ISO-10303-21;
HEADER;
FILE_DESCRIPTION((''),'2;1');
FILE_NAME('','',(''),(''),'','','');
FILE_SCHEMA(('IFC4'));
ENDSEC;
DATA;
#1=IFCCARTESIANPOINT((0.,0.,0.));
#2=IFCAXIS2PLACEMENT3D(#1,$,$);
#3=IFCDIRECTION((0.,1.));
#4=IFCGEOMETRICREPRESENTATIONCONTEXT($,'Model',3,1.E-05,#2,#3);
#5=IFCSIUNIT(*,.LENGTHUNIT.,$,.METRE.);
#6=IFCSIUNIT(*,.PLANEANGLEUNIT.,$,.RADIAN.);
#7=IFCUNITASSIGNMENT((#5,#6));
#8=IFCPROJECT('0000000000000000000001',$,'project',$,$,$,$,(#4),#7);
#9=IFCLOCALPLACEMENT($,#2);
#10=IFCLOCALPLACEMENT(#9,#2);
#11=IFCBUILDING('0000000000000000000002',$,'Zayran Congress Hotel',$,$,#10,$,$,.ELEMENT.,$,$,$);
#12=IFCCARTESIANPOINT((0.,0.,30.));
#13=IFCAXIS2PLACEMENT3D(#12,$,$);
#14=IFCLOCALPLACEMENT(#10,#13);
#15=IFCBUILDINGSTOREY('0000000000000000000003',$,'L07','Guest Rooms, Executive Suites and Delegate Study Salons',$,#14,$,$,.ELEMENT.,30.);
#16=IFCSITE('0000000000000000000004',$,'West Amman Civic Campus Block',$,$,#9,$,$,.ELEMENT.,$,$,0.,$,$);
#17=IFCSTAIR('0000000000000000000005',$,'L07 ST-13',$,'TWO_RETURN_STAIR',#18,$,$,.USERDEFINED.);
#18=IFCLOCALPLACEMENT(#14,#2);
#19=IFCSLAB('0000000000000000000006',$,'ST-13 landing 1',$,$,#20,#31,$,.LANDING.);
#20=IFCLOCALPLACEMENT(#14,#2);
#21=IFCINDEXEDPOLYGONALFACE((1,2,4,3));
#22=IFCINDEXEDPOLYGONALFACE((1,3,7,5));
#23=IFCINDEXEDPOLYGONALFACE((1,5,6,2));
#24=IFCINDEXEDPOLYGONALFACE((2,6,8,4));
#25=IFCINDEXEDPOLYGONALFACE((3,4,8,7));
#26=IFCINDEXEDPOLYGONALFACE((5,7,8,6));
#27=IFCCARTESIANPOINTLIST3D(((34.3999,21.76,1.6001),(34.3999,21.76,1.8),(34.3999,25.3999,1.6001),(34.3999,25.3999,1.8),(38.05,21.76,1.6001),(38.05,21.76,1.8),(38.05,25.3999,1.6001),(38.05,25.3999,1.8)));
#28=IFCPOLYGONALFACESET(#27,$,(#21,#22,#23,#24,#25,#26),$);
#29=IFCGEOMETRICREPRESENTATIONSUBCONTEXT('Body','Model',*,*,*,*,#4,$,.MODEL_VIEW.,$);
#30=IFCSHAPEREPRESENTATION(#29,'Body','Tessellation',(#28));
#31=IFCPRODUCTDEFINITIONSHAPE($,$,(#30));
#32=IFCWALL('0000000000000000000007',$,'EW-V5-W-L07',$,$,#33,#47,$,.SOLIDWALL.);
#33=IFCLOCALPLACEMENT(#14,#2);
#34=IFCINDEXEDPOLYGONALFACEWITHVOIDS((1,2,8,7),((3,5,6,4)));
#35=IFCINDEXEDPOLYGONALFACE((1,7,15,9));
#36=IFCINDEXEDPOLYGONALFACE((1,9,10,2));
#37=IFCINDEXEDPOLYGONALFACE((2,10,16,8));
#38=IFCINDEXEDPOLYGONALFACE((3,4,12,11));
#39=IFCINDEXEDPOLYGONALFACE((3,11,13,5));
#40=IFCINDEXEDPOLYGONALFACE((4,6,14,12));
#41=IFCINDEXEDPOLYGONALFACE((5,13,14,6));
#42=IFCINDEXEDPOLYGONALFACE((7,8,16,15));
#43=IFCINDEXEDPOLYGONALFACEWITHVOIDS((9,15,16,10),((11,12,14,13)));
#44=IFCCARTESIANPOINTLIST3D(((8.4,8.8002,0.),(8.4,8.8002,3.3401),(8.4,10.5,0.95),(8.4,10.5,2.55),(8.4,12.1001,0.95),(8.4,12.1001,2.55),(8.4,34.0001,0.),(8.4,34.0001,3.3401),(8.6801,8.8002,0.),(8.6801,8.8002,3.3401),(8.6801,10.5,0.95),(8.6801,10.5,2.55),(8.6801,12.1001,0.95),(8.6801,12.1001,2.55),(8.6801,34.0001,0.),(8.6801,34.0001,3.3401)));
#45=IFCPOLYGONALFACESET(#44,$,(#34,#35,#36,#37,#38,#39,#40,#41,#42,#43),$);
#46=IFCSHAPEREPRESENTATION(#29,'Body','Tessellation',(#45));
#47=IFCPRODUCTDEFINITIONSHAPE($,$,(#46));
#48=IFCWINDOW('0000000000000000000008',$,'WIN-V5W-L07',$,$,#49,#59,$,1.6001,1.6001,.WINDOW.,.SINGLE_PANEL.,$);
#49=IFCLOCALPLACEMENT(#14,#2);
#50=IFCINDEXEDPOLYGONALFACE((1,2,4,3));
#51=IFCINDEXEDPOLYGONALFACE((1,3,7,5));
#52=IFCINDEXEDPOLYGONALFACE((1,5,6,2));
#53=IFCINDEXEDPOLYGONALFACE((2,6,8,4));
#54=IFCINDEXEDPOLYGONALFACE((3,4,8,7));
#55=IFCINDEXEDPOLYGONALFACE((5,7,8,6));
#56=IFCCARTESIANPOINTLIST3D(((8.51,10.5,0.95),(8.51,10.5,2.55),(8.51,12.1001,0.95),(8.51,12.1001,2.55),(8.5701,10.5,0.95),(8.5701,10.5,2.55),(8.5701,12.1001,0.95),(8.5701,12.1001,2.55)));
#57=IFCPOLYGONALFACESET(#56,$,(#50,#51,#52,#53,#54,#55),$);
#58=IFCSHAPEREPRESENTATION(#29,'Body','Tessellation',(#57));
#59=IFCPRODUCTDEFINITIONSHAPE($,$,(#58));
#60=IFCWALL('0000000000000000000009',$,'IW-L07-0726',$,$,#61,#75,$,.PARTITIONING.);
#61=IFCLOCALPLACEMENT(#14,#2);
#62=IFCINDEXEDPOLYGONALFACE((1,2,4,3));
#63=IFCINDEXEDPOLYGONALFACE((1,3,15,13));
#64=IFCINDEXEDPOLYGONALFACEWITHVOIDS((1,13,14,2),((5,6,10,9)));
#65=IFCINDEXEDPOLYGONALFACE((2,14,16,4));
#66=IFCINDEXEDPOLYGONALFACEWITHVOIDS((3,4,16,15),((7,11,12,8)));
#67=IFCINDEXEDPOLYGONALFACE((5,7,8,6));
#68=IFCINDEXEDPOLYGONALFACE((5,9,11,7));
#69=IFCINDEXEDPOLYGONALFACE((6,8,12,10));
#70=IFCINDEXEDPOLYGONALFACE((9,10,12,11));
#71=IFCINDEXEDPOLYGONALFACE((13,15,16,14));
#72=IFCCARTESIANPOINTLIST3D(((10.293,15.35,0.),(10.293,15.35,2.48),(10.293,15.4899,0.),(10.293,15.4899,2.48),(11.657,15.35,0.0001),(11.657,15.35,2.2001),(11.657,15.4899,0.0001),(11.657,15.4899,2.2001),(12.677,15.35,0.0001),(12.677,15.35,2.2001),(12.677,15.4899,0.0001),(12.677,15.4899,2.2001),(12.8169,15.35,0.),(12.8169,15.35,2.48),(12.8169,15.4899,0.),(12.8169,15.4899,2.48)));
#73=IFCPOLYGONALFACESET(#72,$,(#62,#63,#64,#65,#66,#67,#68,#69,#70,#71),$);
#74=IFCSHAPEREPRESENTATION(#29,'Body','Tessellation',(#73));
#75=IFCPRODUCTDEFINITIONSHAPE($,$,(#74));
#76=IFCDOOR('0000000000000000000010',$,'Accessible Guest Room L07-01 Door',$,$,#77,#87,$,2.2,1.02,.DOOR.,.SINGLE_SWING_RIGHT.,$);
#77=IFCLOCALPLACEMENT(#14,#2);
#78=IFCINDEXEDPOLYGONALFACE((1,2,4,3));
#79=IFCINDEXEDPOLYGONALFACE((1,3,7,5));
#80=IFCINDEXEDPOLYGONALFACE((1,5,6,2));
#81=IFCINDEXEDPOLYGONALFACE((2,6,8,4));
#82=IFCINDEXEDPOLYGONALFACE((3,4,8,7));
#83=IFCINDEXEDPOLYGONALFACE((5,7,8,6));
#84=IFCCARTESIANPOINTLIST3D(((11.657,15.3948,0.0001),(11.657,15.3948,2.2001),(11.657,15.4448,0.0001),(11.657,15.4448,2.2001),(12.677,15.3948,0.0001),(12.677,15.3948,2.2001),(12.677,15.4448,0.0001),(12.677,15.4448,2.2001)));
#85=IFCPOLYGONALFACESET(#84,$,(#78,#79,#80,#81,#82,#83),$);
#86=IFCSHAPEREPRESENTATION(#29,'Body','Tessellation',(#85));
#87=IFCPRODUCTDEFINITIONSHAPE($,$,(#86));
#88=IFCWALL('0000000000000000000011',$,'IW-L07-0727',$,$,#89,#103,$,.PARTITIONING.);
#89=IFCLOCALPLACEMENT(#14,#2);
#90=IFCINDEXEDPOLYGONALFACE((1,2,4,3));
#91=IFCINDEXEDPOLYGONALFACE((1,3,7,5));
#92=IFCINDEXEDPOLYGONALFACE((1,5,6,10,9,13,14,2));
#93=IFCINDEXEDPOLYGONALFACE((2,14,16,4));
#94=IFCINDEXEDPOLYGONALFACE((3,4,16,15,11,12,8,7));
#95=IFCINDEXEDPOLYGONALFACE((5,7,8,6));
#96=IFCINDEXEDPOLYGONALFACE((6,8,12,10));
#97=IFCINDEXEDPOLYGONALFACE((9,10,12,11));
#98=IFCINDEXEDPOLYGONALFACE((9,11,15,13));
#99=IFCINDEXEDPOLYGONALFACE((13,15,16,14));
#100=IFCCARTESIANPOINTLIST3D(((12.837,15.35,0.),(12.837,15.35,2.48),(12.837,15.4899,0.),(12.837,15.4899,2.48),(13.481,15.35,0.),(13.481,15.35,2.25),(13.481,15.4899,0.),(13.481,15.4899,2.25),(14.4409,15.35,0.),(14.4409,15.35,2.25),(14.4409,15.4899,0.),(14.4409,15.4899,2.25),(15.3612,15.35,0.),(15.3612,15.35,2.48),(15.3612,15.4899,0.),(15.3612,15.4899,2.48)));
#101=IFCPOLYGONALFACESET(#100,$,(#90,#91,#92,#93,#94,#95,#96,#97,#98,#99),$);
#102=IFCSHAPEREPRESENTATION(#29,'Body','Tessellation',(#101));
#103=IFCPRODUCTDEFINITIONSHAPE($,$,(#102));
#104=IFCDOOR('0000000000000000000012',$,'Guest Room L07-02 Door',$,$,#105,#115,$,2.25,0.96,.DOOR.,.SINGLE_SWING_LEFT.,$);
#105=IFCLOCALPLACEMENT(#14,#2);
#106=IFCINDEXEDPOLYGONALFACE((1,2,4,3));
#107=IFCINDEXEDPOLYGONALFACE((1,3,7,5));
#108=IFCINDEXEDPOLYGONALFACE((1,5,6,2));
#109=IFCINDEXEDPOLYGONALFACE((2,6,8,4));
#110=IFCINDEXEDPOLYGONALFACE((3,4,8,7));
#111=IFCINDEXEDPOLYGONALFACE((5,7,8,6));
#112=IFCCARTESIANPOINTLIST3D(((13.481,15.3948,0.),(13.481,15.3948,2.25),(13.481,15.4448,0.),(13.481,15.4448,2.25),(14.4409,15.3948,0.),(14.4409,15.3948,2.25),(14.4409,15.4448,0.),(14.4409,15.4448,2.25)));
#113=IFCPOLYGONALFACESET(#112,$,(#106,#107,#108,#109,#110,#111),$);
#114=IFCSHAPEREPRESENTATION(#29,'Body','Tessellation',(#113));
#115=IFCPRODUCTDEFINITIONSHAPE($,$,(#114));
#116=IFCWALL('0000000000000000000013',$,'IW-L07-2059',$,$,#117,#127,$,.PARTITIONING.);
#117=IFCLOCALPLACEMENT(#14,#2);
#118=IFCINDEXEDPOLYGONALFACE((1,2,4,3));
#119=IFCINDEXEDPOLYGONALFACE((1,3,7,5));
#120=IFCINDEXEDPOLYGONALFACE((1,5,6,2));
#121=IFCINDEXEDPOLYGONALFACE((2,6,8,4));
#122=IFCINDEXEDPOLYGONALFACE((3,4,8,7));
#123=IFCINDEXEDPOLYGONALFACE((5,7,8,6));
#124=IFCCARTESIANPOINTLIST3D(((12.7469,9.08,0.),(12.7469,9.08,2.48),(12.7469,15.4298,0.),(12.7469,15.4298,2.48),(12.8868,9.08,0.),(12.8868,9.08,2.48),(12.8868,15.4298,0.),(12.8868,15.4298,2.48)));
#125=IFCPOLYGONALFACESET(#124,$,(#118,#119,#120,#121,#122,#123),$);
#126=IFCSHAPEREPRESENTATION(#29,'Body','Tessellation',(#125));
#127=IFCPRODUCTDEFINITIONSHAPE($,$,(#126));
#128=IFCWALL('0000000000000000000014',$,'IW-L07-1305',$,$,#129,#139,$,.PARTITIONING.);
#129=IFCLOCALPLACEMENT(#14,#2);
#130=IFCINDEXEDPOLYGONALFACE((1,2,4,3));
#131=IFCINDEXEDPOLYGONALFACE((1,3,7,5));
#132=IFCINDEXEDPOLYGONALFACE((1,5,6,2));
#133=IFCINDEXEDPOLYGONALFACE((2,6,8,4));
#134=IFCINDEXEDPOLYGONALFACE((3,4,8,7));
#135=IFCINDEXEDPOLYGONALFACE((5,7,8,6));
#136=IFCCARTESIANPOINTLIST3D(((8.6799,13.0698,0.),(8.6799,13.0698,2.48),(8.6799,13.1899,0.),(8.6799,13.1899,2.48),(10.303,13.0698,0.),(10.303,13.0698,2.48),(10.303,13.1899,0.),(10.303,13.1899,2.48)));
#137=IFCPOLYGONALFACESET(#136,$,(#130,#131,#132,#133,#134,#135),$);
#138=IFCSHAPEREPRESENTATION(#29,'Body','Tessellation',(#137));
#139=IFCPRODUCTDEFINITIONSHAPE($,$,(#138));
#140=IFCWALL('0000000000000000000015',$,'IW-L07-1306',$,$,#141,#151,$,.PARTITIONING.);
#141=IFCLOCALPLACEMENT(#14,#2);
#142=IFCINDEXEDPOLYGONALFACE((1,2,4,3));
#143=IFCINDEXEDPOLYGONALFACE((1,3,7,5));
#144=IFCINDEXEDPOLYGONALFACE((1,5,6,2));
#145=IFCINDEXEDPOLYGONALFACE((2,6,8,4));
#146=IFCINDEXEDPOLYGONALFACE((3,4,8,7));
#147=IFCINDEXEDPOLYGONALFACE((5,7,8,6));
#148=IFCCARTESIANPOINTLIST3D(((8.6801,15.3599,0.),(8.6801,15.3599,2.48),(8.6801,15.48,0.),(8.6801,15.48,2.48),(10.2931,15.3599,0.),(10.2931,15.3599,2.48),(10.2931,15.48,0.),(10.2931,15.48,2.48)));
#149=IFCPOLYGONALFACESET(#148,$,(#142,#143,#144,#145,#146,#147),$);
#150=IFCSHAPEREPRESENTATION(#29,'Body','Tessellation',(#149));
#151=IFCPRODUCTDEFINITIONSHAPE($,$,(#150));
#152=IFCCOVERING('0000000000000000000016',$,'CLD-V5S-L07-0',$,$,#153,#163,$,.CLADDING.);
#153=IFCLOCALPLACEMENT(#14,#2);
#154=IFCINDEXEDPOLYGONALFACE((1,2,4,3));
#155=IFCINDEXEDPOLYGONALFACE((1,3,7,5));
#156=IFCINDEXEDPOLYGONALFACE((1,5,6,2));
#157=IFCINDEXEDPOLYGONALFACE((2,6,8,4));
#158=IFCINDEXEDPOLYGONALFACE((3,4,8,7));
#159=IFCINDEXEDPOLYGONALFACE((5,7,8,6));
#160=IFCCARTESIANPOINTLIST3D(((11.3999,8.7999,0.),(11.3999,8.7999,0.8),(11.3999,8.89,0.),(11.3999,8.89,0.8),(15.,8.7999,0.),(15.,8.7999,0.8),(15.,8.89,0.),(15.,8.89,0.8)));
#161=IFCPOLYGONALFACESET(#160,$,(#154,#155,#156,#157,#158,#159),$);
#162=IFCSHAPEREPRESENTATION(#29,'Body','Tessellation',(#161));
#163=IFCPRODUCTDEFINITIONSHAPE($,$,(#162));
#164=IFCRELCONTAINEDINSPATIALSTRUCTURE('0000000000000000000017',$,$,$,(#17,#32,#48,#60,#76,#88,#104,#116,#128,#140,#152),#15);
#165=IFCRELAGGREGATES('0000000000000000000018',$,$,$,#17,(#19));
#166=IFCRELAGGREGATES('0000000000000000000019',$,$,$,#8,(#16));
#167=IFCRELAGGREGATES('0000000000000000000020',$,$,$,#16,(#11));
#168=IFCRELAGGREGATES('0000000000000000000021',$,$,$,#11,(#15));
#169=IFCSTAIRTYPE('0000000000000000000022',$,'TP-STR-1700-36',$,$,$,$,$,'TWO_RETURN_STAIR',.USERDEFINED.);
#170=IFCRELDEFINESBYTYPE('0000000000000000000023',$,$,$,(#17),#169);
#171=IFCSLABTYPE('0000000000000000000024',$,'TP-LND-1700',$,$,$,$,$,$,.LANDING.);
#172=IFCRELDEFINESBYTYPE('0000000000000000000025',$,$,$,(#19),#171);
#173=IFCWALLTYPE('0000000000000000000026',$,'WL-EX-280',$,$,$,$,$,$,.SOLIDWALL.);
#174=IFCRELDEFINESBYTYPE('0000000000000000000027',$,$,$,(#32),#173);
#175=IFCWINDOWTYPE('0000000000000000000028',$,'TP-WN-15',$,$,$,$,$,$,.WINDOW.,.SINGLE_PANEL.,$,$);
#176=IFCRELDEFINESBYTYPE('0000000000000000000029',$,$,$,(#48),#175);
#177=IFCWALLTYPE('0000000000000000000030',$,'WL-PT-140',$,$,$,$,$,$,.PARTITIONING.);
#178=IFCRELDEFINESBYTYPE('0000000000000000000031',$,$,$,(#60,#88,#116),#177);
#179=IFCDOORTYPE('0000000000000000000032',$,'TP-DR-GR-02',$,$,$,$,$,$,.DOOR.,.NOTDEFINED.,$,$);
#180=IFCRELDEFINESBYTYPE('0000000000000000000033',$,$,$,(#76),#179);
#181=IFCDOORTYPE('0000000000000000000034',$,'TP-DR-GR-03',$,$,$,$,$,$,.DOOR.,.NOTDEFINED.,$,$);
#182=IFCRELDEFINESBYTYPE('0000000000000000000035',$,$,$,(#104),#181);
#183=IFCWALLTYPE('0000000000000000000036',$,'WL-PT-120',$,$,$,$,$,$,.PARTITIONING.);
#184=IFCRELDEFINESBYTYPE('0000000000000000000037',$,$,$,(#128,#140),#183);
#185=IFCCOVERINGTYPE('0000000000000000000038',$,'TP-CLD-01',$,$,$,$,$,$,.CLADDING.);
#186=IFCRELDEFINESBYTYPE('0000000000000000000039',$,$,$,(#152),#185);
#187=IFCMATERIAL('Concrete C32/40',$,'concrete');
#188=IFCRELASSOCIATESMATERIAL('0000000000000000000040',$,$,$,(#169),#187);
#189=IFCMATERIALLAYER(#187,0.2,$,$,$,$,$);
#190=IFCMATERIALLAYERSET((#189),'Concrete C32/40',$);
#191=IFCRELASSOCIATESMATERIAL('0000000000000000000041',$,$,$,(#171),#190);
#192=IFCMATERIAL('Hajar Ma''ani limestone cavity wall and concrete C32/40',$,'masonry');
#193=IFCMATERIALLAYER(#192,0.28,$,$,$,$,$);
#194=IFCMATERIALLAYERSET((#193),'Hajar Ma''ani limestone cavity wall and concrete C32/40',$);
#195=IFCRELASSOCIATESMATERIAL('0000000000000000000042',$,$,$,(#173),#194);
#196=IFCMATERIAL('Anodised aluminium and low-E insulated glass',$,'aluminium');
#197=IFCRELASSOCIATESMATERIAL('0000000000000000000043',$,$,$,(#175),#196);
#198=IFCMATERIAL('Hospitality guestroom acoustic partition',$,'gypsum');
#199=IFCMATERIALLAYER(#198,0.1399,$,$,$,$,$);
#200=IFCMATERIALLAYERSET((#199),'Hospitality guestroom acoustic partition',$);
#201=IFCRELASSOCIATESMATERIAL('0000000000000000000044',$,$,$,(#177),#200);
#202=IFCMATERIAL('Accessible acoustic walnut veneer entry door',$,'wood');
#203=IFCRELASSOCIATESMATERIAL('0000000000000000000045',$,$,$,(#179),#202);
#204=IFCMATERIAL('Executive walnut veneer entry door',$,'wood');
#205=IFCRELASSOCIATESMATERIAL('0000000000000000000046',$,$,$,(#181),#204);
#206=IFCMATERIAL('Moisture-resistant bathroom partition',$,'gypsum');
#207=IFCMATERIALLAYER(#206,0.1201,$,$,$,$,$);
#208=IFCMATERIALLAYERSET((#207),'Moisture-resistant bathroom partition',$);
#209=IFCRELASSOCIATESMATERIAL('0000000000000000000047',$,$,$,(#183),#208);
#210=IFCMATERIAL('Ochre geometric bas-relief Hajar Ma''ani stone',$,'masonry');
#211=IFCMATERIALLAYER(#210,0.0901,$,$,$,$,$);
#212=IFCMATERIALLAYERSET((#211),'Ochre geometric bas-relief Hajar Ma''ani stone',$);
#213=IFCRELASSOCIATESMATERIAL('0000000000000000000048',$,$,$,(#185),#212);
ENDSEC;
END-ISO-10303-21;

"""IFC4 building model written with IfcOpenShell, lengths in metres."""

from ifc_helpers import new_model, si_unit, direction, frame, frame_2d, origin, origin_2d, place, context, subcontext, project, spatial, polyline, rectangle, outline, extrude, material, layer, layer_set, type_object, element, fill, aggregate, save


model = new_model("IFC4")

# Units and contexts
model_context = context("Model", 3, precision=1e-05, world=origin(), true_north=direction((0.0, 1.0)))
body_context = subcontext(model_context, "Body", "Model", "MODEL_VIEW")
ifc_project = project(units=[si_unit("LENGTHUNIT", "METRE"), si_unit("PLANEANGLEUNIT", "RADIAN")], contexts=[model_context])

# Site, building, storey
site_placement = place(None, origin())
site = spatial("IfcSite", under=ifc_project, at=site_placement, Name="West Amman Civic Campus Block", CompositionType="ELEMENT", RefElevation=0.0)
building_placement = place(site_placement, origin())
building = spatial("IfcBuilding", under=site, at=building_placement, Name="Zayran Congress Hotel", CompositionType="ELEMENT")
storey_placement = place(building_placement, frame((0.0, 0.0, 30.0)))
storey = spatial("IfcBuildingStorey", under=building, at=storey_placement, Name="L07", Description="Guest Rooms, Executive Suites and Delegate Study Salons", CompositionType="ELEMENT", Elevation=30.0)

# Shared definitions
ifc_material_1 = material(Name="Concrete C32/40", Category="concrete")

# Stair, slab
stair_type = type_object("IfcStairType", Name="TP-STR-1700-36", ElementType="TWO_RETURN_STAIR", PredefinedType="USERDEFINED", material=ifc_material_1)
ifc_layer_1 = layer(ifc_material_1, 0.2)
ifc_layer_set_1 = layer_set([ifc_layer_1], Name="Concrete C32/40")
slab_type_1 = type_object("IfcSlabType", Name="TP-LND-1700", PredefinedType="LANDING", material=ifc_layer_set_1)
stair_1_placement = place(storey_placement, origin())
stair_1 = element("IfcStair", 1, at=stair_1_placement, inside=storey, type_object=stair_type, Name="L07 ST-13", ObjectType="TWO_RETURN_STAIR", PredefinedType="USERDEFINED")
slab_1_placement = place(storey_placement, frame((0.0, 0.0, 1.6001)))
slab_1 = element("IfcSlab", 2, at=slab_1_placement, type_object=slab_type_1, Name="ST-13 landing 1", PredefinedType="LANDING", context=body_context, shape_type="SweptSolid", body=[
    extrude(outline(polyline([(38.05, 25.3999), (34.3999, 25.3999), (34.3999, 21.76), (38.05, 21.76), (38.05, 25.3999)])), origin(), (0.0, 0.0, 1.0), 0.2),
])
aggregate(stair_1, [slab_1])

# Wall, opening, window
ifc_material_2 = material(Name="Hajar Ma'ani limestone cavity wall and concrete C32/40", Category="masonry")
ifc_layer_2 = layer(ifc_material_2, 0.28)
ifc_layer_set_2 = layer_set([ifc_layer_2], Name="Hajar Ma'ani limestone cavity wall and concrete C32/40")
wall_type_1 = type_object("IfcWallType", Name="WL-EX-280", PredefinedType="SOLIDWALL", material=ifc_layer_set_2)
wall_1_placement = place(storey_placement, frame((8.54, 8.8, 0.0), z_axis=(0.0, 0.0, 1.0), x_axis=(0.0, 1.0, 0.0)))
wall_1 = element("IfcWall", 3, at=wall_1_placement, inside=storey, type_object=wall_type_1, Name="EW-V5-W-L07", PredefinedType="SOLIDWALL", context=body_context, shape_type="SweptSolid", body=[
    extrude(rectangle(XDim=25.2, YDim=0.28, at=frame_2d((12.6001, 0.0))), origin(), (0.0, 0.0, 1.0), 3.3401),
])
opening_1_placement = place(wall_1_placement, frame((1.7, 0.0, 0.95)))
opening_1 = element("IfcOpeningElement", 4, at=opening_1_placement, cuts=wall_1, PredefinedType="OPENING", context=body_context, shape_type="SweptSolid", body=[
    extrude(rectangle(XDim=1.6001, YDim=1.6001, at=frame_2d((0.8, 0.8))), frame((0.0, 0.1499, 0.0), z_axis=(0.0, -1.0, 0.0), x_axis=(1.0, 0.0, 0.0)), (0.0, 0.0, 1.0), 0.3),
])
ifc_material_3 = material(Name="Anodised aluminium and low-E insulated glass", Category="aluminium")
window_type = type_object("IfcWindowType", Name="TP-WN-15", PartitioningType="SINGLE_PANEL", PredefinedType="WINDOW", material=ifc_material_3)
window_placement = place(opening_1_placement, origin())
window = element("IfcWindow", 5, at=window_placement, inside=storey, type_object=window_type, Name="WIN-V5W-L07", OverallHeight=1.6001, OverallWidth=1.6001, PartitioningType="SINGLE_PANEL", PredefinedType="WINDOW", context=body_context, shape_type="SweptSolid", body=[
    extrude(rectangle(XDim=1.6001, YDim=1.6001, at=frame_2d((0.8, 0.8))), frame((0.0, 0.03, 0.0), z_axis=(0.0, -1.0, 0.0), x_axis=(1.0, 0.0, 0.0)), (0.0, 0.0, 1.0), 0.0601),
])
fill(opening_1, window)

# Walls, openings, doors
ifc_material_4 = material(Name="Hospitality guestroom acoustic partition", Category="gypsum")
ifc_layer_3 = layer(ifc_material_4, 0.1399)
ifc_layer_set_3 = layer_set([ifc_layer_3], Name="Hospitality guestroom acoustic partition")
wall_type_2 = type_object("IfcWallType", Name="WL-PT-140", PredefinedType="PARTITIONING", material=ifc_layer_set_3)
wall_2_placement = place(storey_placement, frame((10.293, 15.4199, 0.0), z_axis=(0.0, 0.0, 1.0), x_axis=(1.0, 0.0, 0.0)))
wall_2 = element("IfcWall", 6, at=wall_2_placement, inside=storey, type_object=wall_type_2, Name="IW-L07-0726", PredefinedType="PARTITIONING", context=body_context, shape_type="SweptSolid", body=[
    extrude(rectangle(XDim=2.5239, YDim=0.1399, at=frame_2d((1.262, 0.0))), origin(), (0.0, 0.0, 1.0), 2.48),
])
opening_2_placement = place(wall_2_placement, frame((1.364, 0.0, 0.0)))
opening_2 = element("IfcOpeningElement", 7, at=opening_2_placement, cuts=wall_2, PredefinedType="OPENING", context=body_context, shape_type="SweptSolid", body=[
    extrude(rectangle(XDim=1.02, YDim=2.2, at=frame_2d((0.51, 1.1001))), frame((0.0, 0.0798, 0.0), z_axis=(0.0, -1.0, 0.0), x_axis=(1.0, 0.0, 0.0)), (0.0, 0.0, 1.0), 0.1599),
])
ifc_material_5 = material(Name="Accessible acoustic walnut veneer entry door", Category="wood")
door_type_1 = type_object("IfcDoorType", Name="TP-DR-GR-02", OperationType="NOTDEFINED", PredefinedType="DOOR", material=ifc_material_5)
door_1_placement = place(opening_2_placement, origin())
door_1 = element("IfcDoor", 8, at=door_1_placement, inside=storey, type_object=door_type_1, Name="Accessible Guest Room L07-01 Door", OperationType="SINGLE_SWING_RIGHT", OverallHeight=2.2, OverallWidth=1.02, PredefinedType="DOOR", context=body_context, shape_type="SweptSolid", body=[
    extrude(rectangle(XDim=1.02, YDim=2.2, at=frame_2d((0.51, 1.1001))), frame((0.0, 0.0249, 0.0), z_axis=(0.0, -1.0, 0.0), x_axis=(1.0, 0.0, 0.0)), (0.0, 0.0, 1.0), 0.05),
])
fill(opening_2, door_1)
wall_3_placement = place(storey_placement, frame((12.8369, 15.4199, 0.0), z_axis=(0.0, 0.0, 1.0), x_axis=(1.0, 0.0, 0.0)))
wall_3 = element("IfcWall", 9, at=wall_3_placement, inside=storey, type_object=wall_type_2, Name="IW-L07-0727", PredefinedType="PARTITIONING", context=body_context, shape_type="SweptSolid", body=[
    extrude(rectangle(XDim=2.5242, YDim=0.1399, at=frame_2d((1.2622, 0.0))), origin(), (0.0, 0.0, 1.0), 2.48),
])
opening_3_placement = place(wall_3_placement, frame((0.644, 0.0, 0.0)))
opening_3 = element("IfcOpeningElement", 10, at=opening_3_placement, cuts=wall_3, PredefinedType="OPENING", context=body_context, shape_type="SweptSolid", body=[
    extrude(rectangle(XDim=0.96, YDim=2.25, at=frame_2d((0.48, 1.125))), frame((0.0, 0.0798, 0.0), z_axis=(0.0, -1.0, 0.0), x_axis=(1.0, 0.0, 0.0)), (0.0, 0.0, 1.0), 0.1599),
])
ifc_material_6 = material(Name="Executive walnut veneer entry door", Category="wood")
door_type_2 = type_object("IfcDoorType", Name="TP-DR-GR-03", OperationType="NOTDEFINED", PredefinedType="DOOR", material=ifc_material_6)
door_2_placement = place(opening_3_placement, origin())
door_2 = element("IfcDoor", 11, at=door_2_placement, inside=storey, type_object=door_type_2, Name="Guest Room L07-02 Door", OperationType="SINGLE_SWING_LEFT", OverallHeight=2.25, OverallWidth=0.96, PredefinedType="DOOR", context=body_context, shape_type="SweptSolid", body=[
    extrude(rectangle(XDim=0.96, YDim=2.25, at=frame_2d((0.48, 1.125))), frame((0.0, 0.0249, 0.0), z_axis=(0.0, -1.0, 0.0), x_axis=(1.0, 0.0, 0.0)), (0.0, 0.0, 1.0), 0.05),
])
fill(opening_3, door_2)

# Wall
wall_4_placement = place(storey_placement, frame((12.8169, 9.0801, 0.0), z_axis=(0.0, 0.0, 1.0), x_axis=(0.0, 1.0, 0.0)))
element("IfcWall", 12, at=wall_4_placement, inside=storey, type_object=wall_type_2, Name="IW-L07-2059", PredefinedType="PARTITIONING", context=body_context, shape_type="SweptSolid", body=[
    extrude(rectangle(XDim=6.3499, YDim=0.1399, at=frame_2d((3.1748, 0.0))), origin(), (0.0, 0.0, 1.0), 2.48),
])

# Shared definitions
ifc_material_7 = material(Name="Moisture-resistant bathroom partition", Category="gypsum")
ifc_layer_4 = layer(ifc_material_7, 0.1201)
ifc_layer_set_4 = layer_set([ifc_layer_4], Name="Moisture-resistant bathroom partition")
wall_type_3 = type_object("IfcWallType", Name="WL-PT-120", PredefinedType="PARTITIONING", material=ifc_layer_set_4)

# Walls
wall_5_placement = place(storey_placement, frame((8.6799, 13.1299, 0.0), z_axis=(0.0, 0.0, 1.0), x_axis=(1.0, 0.0, 0.0)))
element("IfcWall", 13, at=wall_5_placement, inside=storey, type_object=wall_type_3, Name="IW-L07-1305", PredefinedType="PARTITIONING", context=body_context, shape_type="SweptSolid", body=[
    extrude(rectangle(XDim=1.623, YDim=0.1201, at=frame_2d((0.8115, 0.0))), origin(), (0.0, 0.0, 1.0), 2.48),
])
wall_6_placement = place(storey_placement, frame((8.6799, 15.4199, 0.0), z_axis=(0.0, 0.0, 1.0), x_axis=(1.0, 0.0, 0.0)))
element("IfcWall", 14, at=wall_6_placement, inside=storey, type_object=wall_type_3, Name="IW-L07-1306", PredefinedType="PARTITIONING", context=body_context, shape_type="SweptSolid", body=[
    extrude(rectangle(XDim=1.613, YDim=0.1201, at=frame_2d((0.8066, 0.0))), origin(), (0.0, 0.0, 1.0), 2.48),
])

# Covering
ifc_material_8 = material(Name="Ochre geometric bas-relief Hajar Ma'ani stone", Category="masonry")
ifc_layer_5 = layer(ifc_material_8, 0.0901)
ifc_layer_set_5 = layer_set([ifc_layer_5], Name="Ochre geometric bas-relief Hajar Ma'ani stone")
covering_type_1 = type_object("IfcCoveringType", Name="TP-CLD-01", PredefinedType="CLADDING", material=ifc_layer_set_5)
covering_1_placement = place(storey_placement, frame((13.2, 8.845, 0.0), z_axis=(0.0, 0.0, 1.0), x_axis=(1.0, 0.0, 0.0)))
element("IfcCovering", 15, at=covering_1_placement, inside=storey, type_object=covering_type_1, Name="CLD-V5S-L07-0", PredefinedType="CLADDING", context=body_context, shape_type="SweptSolid", body=[
    extrude(rectangle(XDim=3.6001, YDim=0.0901, at=origin_2d()), origin(), (0.0, 0.0, 1.0), 0.8),
])

save(model, "model.ifc")
